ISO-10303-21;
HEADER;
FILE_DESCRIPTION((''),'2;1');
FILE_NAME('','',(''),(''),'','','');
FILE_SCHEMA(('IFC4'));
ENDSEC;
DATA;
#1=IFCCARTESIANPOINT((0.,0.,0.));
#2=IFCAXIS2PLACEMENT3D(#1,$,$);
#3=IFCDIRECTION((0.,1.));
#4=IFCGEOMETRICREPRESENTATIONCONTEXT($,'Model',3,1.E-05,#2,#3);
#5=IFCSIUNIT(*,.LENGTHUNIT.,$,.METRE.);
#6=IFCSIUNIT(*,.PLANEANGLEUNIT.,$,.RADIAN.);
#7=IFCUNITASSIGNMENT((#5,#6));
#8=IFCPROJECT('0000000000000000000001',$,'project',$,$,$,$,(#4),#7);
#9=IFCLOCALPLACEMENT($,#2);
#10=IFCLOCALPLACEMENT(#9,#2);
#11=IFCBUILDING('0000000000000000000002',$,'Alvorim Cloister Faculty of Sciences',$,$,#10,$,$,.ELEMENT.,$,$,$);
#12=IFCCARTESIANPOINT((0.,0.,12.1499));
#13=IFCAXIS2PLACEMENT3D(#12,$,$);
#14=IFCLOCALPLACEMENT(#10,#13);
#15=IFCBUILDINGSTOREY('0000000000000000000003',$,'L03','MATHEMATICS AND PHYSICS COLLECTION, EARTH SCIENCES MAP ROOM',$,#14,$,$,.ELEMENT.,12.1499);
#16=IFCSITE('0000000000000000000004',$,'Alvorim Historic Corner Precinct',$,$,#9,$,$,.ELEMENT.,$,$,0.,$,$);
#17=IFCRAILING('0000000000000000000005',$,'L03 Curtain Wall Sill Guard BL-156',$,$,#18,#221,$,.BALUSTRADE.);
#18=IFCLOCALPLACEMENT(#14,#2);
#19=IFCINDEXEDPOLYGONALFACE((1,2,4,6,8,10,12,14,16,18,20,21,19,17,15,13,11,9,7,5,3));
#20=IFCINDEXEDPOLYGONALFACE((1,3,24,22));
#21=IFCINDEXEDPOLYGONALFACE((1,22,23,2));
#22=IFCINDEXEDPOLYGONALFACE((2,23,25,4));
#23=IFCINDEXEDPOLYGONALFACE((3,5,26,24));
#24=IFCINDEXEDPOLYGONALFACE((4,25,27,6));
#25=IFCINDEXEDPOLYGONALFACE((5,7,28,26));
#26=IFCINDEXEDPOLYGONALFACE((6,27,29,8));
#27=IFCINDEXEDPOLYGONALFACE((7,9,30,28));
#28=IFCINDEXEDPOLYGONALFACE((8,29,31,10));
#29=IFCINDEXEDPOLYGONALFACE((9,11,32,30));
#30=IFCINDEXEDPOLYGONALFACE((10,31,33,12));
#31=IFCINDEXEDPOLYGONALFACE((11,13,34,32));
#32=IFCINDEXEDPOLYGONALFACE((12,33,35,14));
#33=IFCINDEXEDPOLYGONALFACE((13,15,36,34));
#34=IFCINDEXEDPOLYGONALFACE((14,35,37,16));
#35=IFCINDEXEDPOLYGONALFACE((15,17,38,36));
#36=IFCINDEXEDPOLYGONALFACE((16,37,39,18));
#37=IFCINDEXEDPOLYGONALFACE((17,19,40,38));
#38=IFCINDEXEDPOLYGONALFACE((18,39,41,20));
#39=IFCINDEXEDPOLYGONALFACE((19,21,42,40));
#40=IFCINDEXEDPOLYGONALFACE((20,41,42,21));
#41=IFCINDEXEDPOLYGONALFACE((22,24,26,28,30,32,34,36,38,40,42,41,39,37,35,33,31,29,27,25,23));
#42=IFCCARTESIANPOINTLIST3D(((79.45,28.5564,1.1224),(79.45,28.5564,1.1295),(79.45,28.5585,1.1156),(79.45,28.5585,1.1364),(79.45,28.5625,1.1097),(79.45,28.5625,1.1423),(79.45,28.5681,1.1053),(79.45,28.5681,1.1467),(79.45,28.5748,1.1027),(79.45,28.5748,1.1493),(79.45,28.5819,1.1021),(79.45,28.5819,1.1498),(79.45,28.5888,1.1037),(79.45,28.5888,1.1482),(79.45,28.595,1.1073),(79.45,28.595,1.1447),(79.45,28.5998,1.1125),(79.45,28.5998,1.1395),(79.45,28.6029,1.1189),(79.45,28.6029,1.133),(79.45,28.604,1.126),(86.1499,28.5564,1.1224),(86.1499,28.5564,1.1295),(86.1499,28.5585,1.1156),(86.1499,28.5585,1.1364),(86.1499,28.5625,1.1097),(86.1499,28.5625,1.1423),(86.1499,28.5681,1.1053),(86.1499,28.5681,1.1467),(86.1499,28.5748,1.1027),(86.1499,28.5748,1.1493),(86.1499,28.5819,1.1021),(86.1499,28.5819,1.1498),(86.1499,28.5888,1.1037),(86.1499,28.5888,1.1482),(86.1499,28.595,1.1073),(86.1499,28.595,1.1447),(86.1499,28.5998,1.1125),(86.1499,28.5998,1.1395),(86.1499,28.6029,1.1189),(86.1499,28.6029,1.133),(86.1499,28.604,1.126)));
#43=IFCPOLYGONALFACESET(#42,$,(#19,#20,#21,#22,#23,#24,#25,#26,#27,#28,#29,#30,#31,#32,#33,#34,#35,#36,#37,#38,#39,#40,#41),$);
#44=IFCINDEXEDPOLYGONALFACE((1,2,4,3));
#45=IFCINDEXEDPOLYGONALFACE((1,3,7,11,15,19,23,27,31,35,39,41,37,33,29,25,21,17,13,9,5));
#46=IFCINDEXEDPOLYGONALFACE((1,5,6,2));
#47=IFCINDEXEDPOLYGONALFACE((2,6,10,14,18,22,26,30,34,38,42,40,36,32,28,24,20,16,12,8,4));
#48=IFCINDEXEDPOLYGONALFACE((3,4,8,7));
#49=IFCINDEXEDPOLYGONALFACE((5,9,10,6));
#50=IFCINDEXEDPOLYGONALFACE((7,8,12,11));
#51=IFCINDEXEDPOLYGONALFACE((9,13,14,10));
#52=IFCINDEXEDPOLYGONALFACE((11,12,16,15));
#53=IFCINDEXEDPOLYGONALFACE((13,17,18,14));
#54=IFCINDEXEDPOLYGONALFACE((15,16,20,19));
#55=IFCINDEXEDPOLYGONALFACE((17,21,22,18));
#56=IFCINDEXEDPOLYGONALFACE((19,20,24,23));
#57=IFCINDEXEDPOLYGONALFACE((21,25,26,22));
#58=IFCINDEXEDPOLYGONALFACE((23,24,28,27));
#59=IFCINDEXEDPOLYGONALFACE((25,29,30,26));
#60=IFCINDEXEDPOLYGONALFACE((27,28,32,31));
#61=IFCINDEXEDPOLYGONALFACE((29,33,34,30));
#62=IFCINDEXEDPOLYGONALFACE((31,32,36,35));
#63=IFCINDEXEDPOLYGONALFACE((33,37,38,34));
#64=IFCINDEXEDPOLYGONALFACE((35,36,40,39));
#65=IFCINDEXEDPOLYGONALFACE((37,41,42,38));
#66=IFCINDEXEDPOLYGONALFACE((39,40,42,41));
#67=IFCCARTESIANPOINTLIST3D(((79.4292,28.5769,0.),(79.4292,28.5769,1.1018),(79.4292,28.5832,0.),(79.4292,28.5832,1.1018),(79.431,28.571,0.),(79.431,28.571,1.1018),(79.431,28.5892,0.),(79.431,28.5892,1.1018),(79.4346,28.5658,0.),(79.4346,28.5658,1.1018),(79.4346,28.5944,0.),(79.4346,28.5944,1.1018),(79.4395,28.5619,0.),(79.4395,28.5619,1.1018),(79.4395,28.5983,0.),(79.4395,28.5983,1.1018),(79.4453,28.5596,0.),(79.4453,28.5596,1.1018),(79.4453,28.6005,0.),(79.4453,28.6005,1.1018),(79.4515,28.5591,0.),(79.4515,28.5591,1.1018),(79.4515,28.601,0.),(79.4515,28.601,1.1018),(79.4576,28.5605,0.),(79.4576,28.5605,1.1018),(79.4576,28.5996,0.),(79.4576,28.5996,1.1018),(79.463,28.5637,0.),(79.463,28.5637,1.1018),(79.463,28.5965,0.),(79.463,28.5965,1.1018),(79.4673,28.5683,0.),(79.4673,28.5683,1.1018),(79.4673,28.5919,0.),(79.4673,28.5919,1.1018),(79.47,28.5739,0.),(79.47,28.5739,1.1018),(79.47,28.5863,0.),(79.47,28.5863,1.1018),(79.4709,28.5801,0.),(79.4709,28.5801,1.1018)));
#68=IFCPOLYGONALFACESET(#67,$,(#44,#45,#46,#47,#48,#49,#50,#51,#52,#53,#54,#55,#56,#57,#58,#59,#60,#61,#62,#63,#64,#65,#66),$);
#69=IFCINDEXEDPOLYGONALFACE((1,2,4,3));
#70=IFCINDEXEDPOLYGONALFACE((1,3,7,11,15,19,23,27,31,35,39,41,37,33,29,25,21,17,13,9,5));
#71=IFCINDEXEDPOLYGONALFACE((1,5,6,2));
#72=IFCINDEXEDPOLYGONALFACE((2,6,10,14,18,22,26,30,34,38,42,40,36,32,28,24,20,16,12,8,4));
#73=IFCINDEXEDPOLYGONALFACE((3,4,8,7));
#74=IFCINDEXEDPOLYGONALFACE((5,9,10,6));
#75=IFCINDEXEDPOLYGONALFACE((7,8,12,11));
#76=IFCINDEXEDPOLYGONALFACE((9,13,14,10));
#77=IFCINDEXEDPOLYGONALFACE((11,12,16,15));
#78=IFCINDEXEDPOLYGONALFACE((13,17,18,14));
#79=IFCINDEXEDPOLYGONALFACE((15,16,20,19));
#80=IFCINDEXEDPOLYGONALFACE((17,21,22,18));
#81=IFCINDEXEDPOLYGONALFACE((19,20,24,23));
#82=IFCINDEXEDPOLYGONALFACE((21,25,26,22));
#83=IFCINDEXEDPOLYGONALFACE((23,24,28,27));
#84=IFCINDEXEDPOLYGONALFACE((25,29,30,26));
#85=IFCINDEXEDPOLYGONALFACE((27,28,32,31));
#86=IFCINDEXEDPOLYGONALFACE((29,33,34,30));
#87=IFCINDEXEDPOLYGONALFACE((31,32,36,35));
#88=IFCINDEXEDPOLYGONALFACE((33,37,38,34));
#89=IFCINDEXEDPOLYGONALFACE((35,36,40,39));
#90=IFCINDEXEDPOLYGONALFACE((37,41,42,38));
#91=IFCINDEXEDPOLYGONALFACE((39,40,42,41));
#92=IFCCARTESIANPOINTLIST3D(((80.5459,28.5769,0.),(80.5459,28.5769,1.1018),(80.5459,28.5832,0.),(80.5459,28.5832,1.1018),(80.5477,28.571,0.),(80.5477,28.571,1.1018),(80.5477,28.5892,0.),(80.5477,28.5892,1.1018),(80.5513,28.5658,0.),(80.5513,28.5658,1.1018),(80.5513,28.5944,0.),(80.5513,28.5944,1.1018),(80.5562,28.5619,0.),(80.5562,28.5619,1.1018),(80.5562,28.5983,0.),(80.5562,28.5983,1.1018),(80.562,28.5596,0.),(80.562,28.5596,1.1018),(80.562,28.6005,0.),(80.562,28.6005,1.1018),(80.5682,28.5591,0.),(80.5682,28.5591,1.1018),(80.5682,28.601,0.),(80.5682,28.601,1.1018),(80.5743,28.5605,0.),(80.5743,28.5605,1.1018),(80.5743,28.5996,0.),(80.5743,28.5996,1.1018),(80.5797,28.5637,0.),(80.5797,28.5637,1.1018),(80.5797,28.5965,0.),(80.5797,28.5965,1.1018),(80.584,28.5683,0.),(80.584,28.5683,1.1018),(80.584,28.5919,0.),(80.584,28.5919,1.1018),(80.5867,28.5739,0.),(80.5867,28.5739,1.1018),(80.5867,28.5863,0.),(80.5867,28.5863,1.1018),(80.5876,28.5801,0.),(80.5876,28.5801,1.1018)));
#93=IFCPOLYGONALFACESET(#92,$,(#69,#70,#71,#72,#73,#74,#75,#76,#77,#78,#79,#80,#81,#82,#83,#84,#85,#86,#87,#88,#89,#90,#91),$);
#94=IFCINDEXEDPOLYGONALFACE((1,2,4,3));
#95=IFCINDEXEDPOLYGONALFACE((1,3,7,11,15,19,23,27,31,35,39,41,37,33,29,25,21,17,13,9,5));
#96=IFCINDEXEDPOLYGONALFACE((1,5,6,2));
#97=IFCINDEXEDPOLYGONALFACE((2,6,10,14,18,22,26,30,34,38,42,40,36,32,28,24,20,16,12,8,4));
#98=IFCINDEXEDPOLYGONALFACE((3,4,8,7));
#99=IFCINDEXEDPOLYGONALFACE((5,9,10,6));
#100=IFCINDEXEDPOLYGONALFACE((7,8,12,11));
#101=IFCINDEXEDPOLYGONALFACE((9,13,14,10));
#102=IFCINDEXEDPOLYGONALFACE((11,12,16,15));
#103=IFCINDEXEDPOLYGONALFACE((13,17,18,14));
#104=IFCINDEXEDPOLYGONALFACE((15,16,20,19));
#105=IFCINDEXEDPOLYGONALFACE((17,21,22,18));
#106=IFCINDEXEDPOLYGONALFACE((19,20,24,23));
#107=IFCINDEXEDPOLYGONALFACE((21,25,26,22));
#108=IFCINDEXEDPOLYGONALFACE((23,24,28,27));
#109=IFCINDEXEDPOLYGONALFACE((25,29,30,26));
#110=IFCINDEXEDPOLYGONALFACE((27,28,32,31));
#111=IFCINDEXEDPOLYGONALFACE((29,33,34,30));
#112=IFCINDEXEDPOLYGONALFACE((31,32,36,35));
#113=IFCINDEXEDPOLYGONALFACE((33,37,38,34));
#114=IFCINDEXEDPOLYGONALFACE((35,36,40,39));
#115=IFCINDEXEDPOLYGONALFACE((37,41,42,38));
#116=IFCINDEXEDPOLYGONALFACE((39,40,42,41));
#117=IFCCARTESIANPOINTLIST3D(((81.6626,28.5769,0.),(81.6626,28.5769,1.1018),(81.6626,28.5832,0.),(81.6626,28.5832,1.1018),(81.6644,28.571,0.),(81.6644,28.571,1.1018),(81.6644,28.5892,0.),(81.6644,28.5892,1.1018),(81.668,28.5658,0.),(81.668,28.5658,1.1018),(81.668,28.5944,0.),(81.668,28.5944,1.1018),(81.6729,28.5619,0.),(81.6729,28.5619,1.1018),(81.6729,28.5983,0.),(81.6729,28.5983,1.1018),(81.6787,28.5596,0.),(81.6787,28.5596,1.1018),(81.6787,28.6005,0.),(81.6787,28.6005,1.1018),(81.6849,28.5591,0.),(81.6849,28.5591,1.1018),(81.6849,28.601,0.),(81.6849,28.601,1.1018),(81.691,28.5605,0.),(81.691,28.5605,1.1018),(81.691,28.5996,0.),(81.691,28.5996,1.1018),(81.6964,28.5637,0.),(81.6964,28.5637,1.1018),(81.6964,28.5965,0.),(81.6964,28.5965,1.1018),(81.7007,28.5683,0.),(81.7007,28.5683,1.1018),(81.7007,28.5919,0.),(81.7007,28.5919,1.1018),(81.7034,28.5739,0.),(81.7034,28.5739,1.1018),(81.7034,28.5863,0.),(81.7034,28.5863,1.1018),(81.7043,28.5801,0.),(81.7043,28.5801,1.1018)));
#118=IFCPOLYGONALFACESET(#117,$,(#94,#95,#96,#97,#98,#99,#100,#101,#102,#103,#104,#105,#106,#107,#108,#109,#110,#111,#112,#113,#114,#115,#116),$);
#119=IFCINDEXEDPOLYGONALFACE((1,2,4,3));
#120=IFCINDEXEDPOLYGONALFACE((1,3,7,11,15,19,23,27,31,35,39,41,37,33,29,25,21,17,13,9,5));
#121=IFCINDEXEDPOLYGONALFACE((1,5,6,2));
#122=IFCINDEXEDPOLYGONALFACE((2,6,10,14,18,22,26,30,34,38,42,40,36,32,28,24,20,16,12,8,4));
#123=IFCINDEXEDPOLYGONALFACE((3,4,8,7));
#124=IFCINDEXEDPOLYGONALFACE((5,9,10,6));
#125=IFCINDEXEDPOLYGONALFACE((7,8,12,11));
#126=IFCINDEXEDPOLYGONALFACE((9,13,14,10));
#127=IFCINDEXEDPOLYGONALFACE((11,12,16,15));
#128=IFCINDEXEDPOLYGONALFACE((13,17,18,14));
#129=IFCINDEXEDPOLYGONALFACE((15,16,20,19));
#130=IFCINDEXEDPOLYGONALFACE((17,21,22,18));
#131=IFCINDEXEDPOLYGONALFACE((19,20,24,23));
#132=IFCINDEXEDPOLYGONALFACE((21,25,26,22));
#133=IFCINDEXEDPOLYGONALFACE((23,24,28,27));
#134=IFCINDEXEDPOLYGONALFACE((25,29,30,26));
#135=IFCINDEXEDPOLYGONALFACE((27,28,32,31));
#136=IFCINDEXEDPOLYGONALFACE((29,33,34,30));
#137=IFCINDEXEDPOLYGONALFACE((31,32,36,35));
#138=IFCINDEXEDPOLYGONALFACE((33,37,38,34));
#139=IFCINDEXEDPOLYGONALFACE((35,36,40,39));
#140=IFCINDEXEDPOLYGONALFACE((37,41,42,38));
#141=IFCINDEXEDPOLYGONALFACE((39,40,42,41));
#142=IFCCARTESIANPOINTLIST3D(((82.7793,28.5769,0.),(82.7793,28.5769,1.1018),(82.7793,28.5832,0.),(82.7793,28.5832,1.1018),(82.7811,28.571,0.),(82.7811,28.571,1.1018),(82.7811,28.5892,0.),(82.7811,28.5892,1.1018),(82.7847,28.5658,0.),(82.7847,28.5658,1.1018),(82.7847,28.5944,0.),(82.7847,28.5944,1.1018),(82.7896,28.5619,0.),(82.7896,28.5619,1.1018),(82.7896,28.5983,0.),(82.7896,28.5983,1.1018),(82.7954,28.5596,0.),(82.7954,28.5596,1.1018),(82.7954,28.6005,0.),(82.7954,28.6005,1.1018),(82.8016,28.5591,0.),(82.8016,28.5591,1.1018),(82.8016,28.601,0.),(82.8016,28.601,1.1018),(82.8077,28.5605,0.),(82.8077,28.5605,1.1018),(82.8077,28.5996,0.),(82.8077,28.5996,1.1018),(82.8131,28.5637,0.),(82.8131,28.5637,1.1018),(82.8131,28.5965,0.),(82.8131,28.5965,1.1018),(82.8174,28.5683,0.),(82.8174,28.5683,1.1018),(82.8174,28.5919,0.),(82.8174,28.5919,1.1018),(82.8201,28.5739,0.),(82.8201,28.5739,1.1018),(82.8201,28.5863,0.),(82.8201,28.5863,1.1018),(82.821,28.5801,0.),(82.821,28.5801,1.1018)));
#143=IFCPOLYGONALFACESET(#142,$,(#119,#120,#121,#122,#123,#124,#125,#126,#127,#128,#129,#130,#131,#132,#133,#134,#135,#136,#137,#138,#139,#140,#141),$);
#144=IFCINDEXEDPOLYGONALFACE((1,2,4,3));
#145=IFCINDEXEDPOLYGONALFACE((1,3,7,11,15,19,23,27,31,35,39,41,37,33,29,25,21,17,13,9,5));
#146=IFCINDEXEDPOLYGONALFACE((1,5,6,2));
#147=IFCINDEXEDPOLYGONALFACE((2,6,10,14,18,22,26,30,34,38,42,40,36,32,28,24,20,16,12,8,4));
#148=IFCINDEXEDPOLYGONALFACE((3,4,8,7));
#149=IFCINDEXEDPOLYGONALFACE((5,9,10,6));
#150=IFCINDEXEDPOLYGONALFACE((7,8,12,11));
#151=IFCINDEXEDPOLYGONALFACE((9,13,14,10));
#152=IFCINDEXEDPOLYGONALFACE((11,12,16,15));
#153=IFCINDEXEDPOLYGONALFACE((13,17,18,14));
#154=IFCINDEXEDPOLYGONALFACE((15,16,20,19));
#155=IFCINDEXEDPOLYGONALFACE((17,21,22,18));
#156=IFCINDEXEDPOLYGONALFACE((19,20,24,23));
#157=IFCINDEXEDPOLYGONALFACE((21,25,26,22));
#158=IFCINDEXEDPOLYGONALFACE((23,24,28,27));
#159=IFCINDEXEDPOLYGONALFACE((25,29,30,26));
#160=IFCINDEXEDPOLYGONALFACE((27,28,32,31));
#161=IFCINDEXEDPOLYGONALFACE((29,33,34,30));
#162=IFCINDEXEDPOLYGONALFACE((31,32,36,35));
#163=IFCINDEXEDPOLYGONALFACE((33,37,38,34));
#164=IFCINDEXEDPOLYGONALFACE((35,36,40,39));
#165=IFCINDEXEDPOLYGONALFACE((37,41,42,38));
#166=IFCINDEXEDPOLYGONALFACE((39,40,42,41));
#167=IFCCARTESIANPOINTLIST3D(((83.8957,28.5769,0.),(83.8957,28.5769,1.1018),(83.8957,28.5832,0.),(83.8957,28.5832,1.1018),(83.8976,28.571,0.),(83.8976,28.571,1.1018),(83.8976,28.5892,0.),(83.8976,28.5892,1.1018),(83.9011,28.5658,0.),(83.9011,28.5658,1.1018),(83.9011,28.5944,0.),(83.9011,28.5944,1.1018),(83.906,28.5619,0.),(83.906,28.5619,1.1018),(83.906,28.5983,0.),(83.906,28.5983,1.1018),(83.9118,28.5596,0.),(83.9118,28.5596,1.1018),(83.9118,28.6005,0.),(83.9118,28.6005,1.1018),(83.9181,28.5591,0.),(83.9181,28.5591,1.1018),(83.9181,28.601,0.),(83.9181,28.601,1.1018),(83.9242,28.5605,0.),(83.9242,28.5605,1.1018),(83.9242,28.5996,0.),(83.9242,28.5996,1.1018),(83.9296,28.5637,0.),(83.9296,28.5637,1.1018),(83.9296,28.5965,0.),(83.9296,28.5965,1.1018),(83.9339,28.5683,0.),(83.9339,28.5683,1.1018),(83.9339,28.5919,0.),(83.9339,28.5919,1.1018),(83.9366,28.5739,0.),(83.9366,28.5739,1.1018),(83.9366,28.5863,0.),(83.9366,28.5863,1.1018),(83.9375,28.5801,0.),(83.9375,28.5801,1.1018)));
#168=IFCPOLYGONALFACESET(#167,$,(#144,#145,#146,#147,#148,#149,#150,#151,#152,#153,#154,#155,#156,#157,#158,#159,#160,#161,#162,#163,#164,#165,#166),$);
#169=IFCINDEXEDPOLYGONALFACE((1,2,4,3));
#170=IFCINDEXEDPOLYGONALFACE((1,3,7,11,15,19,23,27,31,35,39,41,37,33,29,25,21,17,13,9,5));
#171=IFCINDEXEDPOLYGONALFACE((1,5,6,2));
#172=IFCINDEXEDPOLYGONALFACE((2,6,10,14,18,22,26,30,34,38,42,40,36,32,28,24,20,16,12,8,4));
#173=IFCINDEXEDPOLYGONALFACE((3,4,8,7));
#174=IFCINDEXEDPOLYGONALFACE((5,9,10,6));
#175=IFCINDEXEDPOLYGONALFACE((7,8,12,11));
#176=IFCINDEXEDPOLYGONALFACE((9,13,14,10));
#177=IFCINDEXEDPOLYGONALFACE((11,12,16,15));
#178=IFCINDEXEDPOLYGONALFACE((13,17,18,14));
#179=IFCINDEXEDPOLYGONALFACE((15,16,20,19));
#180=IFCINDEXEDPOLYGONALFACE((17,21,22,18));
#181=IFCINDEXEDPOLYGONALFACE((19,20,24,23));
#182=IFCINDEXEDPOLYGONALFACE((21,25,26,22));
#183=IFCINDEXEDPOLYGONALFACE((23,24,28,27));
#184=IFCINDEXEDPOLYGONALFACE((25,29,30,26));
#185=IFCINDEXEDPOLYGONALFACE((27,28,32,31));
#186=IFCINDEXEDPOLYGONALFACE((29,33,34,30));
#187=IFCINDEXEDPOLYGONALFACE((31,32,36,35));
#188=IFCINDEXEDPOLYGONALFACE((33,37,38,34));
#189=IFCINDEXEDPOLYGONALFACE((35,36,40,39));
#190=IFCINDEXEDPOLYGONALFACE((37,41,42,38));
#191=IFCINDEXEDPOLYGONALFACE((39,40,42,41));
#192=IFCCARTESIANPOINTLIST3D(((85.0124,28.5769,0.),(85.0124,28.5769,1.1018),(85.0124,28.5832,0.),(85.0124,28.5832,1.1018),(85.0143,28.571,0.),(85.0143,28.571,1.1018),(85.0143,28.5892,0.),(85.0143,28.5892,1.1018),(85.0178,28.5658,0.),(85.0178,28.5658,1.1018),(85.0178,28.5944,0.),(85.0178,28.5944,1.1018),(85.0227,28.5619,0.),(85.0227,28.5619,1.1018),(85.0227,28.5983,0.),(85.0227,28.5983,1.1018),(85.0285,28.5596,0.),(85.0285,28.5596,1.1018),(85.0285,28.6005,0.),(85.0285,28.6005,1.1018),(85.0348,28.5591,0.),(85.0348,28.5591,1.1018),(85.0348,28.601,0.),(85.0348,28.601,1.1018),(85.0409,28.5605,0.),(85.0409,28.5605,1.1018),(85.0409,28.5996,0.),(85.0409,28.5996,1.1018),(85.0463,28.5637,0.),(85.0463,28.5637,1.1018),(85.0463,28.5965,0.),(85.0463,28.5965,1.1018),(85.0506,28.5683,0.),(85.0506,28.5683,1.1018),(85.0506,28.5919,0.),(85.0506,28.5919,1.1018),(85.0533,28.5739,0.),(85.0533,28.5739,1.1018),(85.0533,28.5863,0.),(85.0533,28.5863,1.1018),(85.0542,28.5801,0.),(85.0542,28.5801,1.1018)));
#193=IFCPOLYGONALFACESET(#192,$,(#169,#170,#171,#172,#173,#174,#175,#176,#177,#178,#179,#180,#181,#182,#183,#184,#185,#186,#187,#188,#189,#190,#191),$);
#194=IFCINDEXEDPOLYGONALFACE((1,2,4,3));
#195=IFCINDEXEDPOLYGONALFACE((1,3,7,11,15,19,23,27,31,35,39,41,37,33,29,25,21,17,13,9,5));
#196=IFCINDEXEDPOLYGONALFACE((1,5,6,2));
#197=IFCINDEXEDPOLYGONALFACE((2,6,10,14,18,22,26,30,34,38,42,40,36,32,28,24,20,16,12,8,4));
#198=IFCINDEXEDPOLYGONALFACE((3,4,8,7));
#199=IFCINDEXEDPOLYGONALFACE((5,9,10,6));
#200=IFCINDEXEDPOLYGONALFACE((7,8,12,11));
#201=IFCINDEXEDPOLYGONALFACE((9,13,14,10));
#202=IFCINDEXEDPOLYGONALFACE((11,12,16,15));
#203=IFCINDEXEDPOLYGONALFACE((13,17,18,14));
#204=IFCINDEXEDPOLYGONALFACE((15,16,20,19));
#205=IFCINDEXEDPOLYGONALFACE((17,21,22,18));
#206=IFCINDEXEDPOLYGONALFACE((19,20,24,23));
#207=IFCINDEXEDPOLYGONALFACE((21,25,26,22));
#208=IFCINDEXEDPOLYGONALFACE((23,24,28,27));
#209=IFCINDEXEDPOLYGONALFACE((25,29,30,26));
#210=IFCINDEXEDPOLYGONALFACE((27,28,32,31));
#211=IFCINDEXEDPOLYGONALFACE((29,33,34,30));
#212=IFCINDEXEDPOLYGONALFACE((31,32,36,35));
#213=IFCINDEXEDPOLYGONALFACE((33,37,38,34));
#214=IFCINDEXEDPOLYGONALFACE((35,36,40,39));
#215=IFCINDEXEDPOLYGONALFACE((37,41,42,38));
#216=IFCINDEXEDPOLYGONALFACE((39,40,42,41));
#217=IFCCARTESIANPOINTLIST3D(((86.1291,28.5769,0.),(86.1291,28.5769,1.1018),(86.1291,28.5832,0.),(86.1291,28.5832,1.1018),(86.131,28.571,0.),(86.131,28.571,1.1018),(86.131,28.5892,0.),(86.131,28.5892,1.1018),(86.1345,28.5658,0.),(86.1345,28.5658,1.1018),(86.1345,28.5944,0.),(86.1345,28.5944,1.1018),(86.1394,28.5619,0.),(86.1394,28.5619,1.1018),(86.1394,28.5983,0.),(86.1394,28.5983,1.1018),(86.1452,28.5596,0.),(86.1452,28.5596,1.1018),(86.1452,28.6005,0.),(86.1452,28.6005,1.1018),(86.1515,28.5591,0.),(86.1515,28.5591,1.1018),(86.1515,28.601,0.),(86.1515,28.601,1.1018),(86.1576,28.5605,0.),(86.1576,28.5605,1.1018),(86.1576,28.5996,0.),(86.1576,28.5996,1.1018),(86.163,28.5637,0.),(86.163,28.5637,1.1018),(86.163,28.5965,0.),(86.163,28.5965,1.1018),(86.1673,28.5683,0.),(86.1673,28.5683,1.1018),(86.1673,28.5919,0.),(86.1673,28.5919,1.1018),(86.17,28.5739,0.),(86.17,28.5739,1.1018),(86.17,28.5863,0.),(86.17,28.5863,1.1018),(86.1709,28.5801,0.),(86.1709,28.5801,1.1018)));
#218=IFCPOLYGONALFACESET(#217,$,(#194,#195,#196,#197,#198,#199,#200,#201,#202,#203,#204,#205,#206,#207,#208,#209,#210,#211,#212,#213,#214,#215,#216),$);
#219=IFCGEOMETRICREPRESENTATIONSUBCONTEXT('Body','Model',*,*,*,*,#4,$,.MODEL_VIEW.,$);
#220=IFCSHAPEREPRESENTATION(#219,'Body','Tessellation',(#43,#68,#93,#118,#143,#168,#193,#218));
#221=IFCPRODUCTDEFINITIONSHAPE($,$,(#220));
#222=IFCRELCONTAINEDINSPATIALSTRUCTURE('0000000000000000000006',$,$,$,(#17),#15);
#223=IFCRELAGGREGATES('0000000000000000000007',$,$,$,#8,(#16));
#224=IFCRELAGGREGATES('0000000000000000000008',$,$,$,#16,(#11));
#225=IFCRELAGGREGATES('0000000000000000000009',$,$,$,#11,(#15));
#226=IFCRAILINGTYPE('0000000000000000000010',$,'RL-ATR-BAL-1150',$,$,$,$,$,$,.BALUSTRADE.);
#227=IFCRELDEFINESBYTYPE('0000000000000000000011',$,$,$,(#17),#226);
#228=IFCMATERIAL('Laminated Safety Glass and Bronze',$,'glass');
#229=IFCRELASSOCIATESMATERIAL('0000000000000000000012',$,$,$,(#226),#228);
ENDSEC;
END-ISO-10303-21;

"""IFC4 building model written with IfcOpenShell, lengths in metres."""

from ifc_helpers import new_model, si_unit, direction, frame, origin, origin_2d, place, context, subcontext, project, spatial, circle, extrude, material, type_object, element, save


model = new_model("IFC4")

# Units and contexts
model_context = context("Model", 3, precision=1e-05, world=origin(), true_north=direction((0.0, 1.0)))
body_context = subcontext(model_context, "Body", "Model", "MODEL_VIEW")
ifc_project = project(units=[si_unit("LENGTHUNIT", "METRE"), si_unit("PLANEANGLEUNIT", "RADIAN")], contexts=[model_context])

# Site, building, storey
site_placement = place(None, origin())
site = spatial("IfcSite", under=ifc_project, at=site_placement, Name="Alvorim Historic Corner Precinct", CompositionType="ELEMENT", RefElevation=0.0)
building_placement = place(site_placement, origin())
building = spatial("IfcBuilding", under=site, at=building_placement, Name="Alvorim Cloister Faculty of Sciences", CompositionType="ELEMENT")
storey_placement = place(building_placement, frame((0.0, 0.0, 12.1499)))
storey = spatial("IfcBuildingStorey", under=building, at=storey_placement, Name="L03", Description="MATHEMATICS AND PHYSICS COLLECTION, EARTH SCIENCES MAP ROOM", CompositionType="ELEMENT", Elevation=12.1499)

# Railing
ifc_material_1 = material(Name="Laminated Safety Glass and Bronze", Category="glass")
railing_type = type_object("IfcRailingType", Name="RL-ATR-BAL-1150", PredefinedType="BALUSTRADE", material=ifc_material_1)
railing_placement = place(storey_placement, frame((79.45, 28.5801, 0.0)))
element("IfcRailing", 1, at=railing_placement, inside=storey, type_object=railing_type, Name="L03 Curtain Wall Sill Guard BL-156", PredefinedType="BALUSTRADE", context=body_context, shape_type="SweptSolid", body=[
    extrude(circle(Radius=0.0239, at=origin_2d()), frame((0.0, 0.0, 1.126), z_axis=(1.0, 0.0, 0.0), x_axis=(0.0, 1.0, 0.0)), (0.0, 0.0, 1.0), 6.7),
    extrude(circle(Radius=0.021, at=origin_2d()), origin(), (0.0, 0.0, 1.0), 1.1018),
    extrude(circle(Radius=0.021, at=origin_2d()), frame((1.1167, 0.0, 0.0)), (0.0, 0.0, 1.0), 1.1018),
    extrude(circle(Radius=0.021, at=origin_2d()), frame((2.2334, 0.0, 0.0)), (0.0, 0.0, 1.0), 1.1018),
    extrude(circle(Radius=0.021, at=origin_2d()), frame((3.3501, 0.0, 0.0)), (0.0, 0.0, 1.0), 1.1018),
    extrude(circle(Radius=0.021, at=origin_2d()), frame((4.4666, 0.0, 0.0)), (0.0, 0.0, 1.0), 1.1018),
    extrude(circle(Radius=0.021, at=origin_2d()), frame((5.5833, 0.0, 0.0)), (0.0, 0.0, 1.0), 1.1018),
    extrude(circle(Radius=0.021, at=origin_2d()), frame((6.7, 0.0, 0.0)), (0.0, 0.0, 1.0), 1.1018),
])

save(model, "model.ifc")
